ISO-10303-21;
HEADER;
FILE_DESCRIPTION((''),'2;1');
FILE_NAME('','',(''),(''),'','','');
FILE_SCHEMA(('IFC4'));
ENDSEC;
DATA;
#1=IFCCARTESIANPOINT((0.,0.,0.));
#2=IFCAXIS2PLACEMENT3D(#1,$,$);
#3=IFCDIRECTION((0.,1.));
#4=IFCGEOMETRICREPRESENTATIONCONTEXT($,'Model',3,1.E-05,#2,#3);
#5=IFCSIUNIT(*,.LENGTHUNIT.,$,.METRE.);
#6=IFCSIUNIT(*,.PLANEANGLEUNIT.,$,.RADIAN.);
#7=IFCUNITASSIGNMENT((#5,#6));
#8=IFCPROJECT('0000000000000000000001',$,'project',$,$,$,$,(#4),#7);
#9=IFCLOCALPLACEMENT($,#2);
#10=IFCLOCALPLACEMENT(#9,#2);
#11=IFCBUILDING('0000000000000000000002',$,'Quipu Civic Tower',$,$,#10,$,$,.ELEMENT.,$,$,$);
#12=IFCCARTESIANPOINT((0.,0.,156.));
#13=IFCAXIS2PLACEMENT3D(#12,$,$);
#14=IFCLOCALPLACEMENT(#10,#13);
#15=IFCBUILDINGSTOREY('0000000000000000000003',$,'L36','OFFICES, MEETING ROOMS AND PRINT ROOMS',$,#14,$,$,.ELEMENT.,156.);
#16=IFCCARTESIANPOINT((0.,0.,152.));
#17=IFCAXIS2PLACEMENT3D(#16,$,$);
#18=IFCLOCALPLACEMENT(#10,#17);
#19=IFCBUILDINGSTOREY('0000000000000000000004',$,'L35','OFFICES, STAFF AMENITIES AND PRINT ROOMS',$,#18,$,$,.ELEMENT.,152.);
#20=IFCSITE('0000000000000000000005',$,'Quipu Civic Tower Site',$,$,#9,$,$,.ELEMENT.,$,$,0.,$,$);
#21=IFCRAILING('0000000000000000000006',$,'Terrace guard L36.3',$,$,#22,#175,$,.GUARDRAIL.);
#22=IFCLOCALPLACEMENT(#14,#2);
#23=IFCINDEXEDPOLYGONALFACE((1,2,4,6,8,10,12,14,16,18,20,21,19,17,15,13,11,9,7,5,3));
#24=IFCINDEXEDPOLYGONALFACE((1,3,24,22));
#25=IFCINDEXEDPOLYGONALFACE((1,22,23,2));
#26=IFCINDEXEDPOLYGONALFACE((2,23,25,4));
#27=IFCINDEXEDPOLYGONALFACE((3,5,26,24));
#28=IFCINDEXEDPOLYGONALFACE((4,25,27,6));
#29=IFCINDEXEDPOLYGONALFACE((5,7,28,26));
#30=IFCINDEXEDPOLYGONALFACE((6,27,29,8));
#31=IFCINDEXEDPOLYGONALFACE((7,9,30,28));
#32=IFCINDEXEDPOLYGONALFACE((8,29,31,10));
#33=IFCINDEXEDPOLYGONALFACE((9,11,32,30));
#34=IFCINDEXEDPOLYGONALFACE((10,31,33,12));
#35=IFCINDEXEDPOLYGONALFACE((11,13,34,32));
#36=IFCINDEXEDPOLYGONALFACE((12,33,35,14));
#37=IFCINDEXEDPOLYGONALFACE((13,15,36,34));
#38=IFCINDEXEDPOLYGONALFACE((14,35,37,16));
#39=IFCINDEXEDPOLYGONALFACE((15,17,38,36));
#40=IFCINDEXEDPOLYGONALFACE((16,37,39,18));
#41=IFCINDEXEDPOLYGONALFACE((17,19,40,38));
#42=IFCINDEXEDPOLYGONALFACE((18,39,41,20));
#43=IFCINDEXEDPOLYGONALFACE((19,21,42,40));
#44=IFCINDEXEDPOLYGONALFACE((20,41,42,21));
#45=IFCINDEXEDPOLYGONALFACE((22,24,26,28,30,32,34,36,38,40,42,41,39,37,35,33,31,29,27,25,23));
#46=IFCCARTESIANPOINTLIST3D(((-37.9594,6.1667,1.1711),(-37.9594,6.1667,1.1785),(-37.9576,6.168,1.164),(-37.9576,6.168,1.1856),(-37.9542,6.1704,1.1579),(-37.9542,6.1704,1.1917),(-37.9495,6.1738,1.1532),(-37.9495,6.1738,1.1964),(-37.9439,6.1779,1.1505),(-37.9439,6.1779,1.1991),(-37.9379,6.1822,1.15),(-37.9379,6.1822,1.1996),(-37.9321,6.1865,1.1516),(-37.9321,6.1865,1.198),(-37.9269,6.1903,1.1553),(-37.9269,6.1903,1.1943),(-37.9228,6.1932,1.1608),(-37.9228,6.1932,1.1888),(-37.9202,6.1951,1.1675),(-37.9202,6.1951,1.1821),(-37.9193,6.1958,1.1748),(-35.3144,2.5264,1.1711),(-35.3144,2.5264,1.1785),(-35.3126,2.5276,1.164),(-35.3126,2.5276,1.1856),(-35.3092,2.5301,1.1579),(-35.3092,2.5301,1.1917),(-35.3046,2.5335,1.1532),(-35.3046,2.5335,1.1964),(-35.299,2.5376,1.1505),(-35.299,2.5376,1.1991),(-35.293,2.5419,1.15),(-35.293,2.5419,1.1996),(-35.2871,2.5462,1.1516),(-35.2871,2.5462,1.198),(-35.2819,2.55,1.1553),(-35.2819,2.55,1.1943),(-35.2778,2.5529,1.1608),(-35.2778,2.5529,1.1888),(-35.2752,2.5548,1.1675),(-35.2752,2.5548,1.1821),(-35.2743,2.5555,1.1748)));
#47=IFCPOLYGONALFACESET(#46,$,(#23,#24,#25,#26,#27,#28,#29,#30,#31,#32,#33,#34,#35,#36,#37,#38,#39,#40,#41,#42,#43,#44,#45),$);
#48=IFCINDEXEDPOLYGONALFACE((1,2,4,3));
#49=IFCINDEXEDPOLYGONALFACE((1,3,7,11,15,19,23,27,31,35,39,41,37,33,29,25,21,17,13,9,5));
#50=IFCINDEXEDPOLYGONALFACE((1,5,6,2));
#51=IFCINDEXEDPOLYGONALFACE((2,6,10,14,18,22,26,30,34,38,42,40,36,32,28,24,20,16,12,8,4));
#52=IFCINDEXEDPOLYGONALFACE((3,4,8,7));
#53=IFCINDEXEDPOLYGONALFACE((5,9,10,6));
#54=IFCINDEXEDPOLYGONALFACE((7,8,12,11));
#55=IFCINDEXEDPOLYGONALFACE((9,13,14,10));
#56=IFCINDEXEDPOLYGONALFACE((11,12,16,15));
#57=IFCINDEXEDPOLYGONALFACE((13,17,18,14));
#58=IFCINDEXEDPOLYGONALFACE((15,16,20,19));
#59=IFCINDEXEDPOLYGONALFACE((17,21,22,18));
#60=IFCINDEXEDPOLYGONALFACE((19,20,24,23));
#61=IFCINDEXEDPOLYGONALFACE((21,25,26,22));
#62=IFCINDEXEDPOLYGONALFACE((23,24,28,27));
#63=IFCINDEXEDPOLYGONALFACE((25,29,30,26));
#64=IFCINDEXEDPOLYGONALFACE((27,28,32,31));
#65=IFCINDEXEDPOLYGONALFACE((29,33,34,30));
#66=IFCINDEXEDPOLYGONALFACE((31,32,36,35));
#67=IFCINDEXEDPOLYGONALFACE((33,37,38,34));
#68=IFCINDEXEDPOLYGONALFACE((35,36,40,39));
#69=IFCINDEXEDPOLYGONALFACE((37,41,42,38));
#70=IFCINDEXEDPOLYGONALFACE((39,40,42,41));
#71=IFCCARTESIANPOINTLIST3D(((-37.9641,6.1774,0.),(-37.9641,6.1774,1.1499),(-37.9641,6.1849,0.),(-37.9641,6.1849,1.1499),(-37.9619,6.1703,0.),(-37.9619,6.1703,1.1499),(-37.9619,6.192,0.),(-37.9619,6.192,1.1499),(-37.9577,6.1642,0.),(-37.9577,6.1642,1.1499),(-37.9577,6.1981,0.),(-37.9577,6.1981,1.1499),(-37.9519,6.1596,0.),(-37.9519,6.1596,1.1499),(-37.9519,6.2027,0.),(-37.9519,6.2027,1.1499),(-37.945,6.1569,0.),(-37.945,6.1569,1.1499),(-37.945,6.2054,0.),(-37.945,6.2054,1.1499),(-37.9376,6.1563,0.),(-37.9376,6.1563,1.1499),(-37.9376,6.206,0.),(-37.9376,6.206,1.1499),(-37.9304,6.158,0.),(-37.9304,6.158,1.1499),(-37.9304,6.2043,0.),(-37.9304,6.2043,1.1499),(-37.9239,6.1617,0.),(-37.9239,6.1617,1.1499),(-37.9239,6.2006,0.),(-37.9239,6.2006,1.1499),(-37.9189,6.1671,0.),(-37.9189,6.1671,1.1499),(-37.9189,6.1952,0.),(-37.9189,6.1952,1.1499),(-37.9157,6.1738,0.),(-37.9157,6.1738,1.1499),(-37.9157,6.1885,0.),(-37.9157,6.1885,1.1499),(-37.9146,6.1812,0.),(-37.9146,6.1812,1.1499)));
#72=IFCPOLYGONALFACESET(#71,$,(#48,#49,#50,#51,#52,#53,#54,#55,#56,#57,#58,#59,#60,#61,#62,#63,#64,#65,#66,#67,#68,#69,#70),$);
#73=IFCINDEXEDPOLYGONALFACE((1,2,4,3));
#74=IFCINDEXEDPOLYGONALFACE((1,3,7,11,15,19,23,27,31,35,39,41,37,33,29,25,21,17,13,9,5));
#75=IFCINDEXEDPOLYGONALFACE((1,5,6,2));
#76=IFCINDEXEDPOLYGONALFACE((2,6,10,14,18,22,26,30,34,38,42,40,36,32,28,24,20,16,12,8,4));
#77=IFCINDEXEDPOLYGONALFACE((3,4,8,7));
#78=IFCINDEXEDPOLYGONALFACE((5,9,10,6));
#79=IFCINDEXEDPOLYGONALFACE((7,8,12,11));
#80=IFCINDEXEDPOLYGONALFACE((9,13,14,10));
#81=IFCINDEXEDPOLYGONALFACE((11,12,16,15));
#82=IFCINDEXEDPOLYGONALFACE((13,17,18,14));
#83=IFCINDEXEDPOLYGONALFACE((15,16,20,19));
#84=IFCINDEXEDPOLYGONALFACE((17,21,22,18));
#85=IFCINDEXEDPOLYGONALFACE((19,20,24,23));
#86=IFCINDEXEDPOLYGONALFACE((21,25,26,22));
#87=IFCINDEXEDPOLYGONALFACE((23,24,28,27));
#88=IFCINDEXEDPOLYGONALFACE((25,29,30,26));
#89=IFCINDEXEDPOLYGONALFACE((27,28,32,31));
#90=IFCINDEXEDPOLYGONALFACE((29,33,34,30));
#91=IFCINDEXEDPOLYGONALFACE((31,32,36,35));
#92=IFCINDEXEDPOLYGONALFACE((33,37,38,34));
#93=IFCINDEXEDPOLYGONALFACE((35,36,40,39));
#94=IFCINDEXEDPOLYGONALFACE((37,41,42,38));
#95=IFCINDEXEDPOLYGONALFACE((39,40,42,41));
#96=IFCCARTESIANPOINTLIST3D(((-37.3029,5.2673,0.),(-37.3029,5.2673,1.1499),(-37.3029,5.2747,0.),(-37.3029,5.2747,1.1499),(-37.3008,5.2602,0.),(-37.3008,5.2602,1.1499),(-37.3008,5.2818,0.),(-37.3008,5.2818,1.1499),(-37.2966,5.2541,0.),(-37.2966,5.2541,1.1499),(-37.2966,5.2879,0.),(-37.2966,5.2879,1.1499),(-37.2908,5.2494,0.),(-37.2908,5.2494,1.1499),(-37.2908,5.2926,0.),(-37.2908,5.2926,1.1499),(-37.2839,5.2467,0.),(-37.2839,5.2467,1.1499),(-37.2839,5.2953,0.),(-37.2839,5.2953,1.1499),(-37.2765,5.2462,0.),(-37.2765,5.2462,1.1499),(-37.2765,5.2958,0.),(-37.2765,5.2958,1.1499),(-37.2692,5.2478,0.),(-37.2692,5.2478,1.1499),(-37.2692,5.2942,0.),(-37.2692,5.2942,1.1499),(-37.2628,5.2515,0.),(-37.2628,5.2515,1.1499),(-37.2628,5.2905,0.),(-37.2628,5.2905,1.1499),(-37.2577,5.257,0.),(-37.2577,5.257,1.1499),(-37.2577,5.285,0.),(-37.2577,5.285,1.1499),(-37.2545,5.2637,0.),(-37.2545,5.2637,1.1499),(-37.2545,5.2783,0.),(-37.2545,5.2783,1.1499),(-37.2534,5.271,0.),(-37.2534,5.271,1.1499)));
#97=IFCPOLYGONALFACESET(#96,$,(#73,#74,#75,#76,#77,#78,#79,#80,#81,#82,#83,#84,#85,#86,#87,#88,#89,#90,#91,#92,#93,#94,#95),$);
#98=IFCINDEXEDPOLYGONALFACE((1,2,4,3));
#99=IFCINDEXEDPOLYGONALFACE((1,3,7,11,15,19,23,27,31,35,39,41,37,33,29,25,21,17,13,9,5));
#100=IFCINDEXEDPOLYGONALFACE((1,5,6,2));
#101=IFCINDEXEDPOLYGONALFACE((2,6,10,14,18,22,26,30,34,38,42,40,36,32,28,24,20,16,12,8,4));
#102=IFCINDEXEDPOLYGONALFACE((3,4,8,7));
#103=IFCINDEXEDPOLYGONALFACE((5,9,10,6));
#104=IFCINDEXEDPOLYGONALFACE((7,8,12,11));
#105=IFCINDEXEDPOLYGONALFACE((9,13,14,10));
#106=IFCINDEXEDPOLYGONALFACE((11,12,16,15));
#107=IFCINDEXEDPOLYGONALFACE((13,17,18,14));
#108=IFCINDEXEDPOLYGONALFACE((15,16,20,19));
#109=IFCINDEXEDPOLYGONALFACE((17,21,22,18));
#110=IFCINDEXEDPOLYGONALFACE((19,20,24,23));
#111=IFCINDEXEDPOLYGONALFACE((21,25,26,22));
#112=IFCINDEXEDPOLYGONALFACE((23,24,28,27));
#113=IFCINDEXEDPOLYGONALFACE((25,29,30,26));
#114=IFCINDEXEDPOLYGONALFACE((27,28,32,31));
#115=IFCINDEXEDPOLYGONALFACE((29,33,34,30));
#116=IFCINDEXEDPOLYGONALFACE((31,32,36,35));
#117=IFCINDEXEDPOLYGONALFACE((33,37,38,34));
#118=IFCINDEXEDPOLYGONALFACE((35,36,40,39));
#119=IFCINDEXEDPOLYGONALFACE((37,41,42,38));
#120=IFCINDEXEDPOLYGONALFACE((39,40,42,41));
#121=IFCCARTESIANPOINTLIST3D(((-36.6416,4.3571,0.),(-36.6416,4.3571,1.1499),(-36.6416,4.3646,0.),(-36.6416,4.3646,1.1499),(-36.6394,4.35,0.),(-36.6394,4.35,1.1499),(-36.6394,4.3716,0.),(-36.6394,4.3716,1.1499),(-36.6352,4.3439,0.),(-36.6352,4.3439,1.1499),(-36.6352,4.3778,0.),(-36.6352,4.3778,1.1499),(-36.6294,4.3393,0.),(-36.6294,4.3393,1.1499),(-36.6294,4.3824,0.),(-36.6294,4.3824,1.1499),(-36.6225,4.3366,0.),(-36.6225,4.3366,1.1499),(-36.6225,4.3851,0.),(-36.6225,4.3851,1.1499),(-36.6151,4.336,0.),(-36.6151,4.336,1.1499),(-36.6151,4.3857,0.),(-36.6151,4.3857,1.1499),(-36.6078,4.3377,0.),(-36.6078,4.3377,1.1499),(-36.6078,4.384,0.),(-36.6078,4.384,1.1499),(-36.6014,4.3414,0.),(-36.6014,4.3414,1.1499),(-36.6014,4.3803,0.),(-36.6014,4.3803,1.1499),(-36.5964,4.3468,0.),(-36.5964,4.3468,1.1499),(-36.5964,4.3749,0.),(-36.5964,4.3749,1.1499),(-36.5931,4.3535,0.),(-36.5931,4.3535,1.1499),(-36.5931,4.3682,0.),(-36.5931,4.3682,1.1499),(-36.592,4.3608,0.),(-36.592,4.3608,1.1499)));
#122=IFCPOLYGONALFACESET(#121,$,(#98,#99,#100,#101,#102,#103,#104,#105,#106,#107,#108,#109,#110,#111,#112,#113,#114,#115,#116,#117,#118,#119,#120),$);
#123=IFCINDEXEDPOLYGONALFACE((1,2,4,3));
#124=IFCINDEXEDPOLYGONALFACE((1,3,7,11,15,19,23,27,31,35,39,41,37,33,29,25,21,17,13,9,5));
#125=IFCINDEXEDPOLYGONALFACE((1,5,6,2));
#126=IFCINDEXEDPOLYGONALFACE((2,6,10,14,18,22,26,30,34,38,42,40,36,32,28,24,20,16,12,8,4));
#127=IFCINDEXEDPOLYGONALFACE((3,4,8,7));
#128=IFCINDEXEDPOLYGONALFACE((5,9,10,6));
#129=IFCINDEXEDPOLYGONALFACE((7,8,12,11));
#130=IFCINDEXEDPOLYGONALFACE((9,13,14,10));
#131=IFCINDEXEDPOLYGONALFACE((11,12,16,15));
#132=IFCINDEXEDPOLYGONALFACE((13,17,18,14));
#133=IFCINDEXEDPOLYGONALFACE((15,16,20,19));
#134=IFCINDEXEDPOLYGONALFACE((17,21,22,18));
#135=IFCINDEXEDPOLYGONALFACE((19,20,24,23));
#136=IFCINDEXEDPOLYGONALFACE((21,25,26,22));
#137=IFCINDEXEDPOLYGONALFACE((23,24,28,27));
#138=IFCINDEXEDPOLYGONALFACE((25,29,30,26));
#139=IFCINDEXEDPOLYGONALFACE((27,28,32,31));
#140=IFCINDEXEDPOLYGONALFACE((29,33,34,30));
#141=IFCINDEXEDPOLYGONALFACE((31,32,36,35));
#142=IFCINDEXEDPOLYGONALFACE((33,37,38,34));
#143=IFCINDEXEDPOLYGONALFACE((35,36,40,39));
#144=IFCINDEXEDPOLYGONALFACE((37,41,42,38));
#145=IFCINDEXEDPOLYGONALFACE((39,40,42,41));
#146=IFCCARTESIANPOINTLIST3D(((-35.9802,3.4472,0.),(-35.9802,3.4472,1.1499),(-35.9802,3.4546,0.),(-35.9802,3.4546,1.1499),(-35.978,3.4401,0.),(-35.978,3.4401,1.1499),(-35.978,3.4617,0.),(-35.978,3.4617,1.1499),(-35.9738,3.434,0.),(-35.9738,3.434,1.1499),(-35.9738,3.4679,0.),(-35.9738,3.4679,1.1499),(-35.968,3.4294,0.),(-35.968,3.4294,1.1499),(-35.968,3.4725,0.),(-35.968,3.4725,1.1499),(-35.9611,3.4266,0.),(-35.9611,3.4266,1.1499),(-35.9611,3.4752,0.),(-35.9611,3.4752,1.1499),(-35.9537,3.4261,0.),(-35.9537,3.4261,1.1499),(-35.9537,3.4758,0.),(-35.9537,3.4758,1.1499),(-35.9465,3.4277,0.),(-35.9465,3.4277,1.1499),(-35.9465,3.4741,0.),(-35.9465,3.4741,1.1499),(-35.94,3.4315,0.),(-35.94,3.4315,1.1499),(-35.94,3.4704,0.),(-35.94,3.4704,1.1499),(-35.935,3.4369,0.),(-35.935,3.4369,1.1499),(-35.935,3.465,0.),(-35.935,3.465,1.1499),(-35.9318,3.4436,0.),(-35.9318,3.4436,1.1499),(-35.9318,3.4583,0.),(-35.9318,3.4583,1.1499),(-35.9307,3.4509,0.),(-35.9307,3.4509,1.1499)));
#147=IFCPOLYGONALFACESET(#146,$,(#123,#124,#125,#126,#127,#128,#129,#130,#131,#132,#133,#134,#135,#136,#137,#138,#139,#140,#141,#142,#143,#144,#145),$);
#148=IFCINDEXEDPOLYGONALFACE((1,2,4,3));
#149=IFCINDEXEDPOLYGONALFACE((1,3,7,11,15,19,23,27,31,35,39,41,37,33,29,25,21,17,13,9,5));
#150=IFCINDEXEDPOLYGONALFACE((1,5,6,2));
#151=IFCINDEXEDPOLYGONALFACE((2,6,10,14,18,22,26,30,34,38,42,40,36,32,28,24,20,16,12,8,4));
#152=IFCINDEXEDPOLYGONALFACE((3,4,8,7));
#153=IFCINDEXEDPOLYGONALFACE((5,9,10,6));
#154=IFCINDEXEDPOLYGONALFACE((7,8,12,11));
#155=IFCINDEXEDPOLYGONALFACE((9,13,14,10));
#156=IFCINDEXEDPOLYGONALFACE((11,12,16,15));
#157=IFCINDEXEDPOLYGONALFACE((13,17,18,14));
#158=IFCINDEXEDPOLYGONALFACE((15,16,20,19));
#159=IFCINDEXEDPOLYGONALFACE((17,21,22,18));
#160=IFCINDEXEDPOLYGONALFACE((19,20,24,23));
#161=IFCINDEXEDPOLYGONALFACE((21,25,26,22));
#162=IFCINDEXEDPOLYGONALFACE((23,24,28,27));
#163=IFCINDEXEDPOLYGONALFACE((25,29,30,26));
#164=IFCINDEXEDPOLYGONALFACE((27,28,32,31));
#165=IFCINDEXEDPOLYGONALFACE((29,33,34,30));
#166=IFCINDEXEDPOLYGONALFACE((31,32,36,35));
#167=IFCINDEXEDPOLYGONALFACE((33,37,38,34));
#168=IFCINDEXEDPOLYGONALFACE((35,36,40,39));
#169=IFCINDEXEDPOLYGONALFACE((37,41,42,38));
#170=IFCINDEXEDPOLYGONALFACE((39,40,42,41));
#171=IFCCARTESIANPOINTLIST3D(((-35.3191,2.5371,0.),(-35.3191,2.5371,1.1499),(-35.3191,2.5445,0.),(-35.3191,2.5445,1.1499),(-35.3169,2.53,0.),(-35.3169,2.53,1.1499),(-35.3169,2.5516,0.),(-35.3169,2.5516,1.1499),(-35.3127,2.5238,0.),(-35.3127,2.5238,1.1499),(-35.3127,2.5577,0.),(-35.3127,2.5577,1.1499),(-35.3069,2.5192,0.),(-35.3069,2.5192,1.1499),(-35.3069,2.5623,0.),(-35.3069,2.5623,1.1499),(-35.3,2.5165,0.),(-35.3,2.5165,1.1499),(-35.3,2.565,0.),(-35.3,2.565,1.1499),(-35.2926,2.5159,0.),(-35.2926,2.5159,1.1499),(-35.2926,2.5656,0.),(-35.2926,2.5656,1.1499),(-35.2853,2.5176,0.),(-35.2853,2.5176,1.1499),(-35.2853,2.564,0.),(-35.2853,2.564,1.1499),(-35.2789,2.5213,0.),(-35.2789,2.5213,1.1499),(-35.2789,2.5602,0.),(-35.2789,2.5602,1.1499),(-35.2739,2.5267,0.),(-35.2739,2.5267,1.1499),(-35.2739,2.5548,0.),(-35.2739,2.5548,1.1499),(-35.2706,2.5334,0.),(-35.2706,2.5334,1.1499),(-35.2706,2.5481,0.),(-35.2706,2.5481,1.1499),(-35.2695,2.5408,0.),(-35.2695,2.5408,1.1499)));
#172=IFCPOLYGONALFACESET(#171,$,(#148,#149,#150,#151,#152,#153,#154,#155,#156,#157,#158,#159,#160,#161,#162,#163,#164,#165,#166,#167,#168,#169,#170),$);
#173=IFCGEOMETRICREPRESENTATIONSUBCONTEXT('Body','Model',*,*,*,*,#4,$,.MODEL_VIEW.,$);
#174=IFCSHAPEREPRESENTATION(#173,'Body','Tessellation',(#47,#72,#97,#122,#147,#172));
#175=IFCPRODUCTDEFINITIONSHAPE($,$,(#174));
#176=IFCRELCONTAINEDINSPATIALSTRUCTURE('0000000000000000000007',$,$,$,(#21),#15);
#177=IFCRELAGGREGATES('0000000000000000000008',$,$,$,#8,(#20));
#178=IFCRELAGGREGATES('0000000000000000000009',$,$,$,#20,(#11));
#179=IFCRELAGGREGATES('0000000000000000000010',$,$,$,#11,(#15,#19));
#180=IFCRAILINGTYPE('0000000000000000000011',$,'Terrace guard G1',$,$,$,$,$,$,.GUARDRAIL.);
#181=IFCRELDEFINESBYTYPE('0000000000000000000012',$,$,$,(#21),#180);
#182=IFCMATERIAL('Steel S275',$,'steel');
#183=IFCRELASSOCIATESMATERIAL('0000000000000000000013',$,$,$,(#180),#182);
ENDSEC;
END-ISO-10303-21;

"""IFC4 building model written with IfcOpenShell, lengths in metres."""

from ifc_helpers import new_model, si_unit, direction, frame, origin, origin_2d, place, context, subcontext, project, spatial, circle, extrude, material, type_object, element, save


model = new_model("IFC4")

# Units and contexts
model_context = context("Model", 3, precision=1e-05, world=origin(), true_north=direction((0.0, 1.0)))
body_context = subcontext(model_context, "Body", "Model", "MODEL_VIEW")
ifc_project = project(units=[si_unit("LENGTHUNIT", "METRE"), si_unit("PLANEANGLEUNIT", "RADIAN")], contexts=[model_context])

# Site, building, storey
site_placement = place(None, origin())
site = spatial("IfcSite", under=ifc_project, at=site_placement, Name="Quipu Civic Tower Site", CompositionType="ELEMENT", RefElevation=0.0)
building_placement = place(site_placement, origin())
building = spatial("IfcBuilding", under=site, at=building_placement, Name="Quipu Civic Tower", CompositionType="ELEMENT")
storey_1_placement = place(building_placement, frame((0.0, 0.0, 156.0)))
storey_1 = spatial("IfcBuildingStorey", under=building, at=storey_1_placement, Name="L36", Description="OFFICES, MEETING ROOMS AND PRINT ROOMS", CompositionType="ELEMENT", Elevation=156.0)

# Shared definitions
storey_2_placement = place(building_placement, frame((0.0, 0.0, 152.0)))
storey_2 = spatial("IfcBuildingStorey", under=building, at=storey_2_placement, Name="L35", Description="OFFICES, STAFF AMENITIES AND PRINT ROOMS", CompositionType="ELEMENT", Elevation=152.0)

# Railing
ifc_material_1 = material(Name="Steel S275", Category="steel")
railing_type = type_object("IfcRailingType", Name="Terrace guard G1", PredefinedType="GUARDRAIL", material=ifc_material_1)
railing_1_placement = place(storey_1_placement, frame((-37.9395, 6.1812, 0.0)))
element("IfcRailing", 1, at=railing_1_placement, inside=storey_1, type_object=railing_type, Name="Terrace guard L36.3", PredefinedType="GUARDRAIL", context=body_context, shape_type="SweptSolid", body=[
    extrude(circle(Radius=0.0249, at=origin_2d()), frame((0.0, 0.0, 1.1748), z_axis=(0.587804, -0.809003, 0.0), x_axis=(0.809003, 0.587804, 0.0)), (0.0, 0.0, 1.0), 4.4998),
    extrude(circle(Radius=0.0249, at=origin_2d()), origin(), (0.0, 0.0, 1.0), 1.1499),
    extrude(circle(Radius=0.0249, at=origin_2d()), frame((0.6611, -0.9102, 0.0)), (0.0, 0.0, 1.0), 1.1499),
    extrude(circle(Radius=0.0249, at=origin_2d()), frame((1.3225, -1.8203, 0.0)), (0.0, 0.0, 1.0), 1.1499),
    extrude(circle(Radius=0.0249, at=origin_2d()), frame((1.9839, -2.7302, 0.0)), (0.0, 0.0, 1.0), 1.1499),
    extrude(circle(Radius=0.0249, at=origin_2d()), frame((2.645, -3.6404, 0.0)), (0.0, 0.0, 1.0), 1.1499),
])

save(model, "model.ifc")
